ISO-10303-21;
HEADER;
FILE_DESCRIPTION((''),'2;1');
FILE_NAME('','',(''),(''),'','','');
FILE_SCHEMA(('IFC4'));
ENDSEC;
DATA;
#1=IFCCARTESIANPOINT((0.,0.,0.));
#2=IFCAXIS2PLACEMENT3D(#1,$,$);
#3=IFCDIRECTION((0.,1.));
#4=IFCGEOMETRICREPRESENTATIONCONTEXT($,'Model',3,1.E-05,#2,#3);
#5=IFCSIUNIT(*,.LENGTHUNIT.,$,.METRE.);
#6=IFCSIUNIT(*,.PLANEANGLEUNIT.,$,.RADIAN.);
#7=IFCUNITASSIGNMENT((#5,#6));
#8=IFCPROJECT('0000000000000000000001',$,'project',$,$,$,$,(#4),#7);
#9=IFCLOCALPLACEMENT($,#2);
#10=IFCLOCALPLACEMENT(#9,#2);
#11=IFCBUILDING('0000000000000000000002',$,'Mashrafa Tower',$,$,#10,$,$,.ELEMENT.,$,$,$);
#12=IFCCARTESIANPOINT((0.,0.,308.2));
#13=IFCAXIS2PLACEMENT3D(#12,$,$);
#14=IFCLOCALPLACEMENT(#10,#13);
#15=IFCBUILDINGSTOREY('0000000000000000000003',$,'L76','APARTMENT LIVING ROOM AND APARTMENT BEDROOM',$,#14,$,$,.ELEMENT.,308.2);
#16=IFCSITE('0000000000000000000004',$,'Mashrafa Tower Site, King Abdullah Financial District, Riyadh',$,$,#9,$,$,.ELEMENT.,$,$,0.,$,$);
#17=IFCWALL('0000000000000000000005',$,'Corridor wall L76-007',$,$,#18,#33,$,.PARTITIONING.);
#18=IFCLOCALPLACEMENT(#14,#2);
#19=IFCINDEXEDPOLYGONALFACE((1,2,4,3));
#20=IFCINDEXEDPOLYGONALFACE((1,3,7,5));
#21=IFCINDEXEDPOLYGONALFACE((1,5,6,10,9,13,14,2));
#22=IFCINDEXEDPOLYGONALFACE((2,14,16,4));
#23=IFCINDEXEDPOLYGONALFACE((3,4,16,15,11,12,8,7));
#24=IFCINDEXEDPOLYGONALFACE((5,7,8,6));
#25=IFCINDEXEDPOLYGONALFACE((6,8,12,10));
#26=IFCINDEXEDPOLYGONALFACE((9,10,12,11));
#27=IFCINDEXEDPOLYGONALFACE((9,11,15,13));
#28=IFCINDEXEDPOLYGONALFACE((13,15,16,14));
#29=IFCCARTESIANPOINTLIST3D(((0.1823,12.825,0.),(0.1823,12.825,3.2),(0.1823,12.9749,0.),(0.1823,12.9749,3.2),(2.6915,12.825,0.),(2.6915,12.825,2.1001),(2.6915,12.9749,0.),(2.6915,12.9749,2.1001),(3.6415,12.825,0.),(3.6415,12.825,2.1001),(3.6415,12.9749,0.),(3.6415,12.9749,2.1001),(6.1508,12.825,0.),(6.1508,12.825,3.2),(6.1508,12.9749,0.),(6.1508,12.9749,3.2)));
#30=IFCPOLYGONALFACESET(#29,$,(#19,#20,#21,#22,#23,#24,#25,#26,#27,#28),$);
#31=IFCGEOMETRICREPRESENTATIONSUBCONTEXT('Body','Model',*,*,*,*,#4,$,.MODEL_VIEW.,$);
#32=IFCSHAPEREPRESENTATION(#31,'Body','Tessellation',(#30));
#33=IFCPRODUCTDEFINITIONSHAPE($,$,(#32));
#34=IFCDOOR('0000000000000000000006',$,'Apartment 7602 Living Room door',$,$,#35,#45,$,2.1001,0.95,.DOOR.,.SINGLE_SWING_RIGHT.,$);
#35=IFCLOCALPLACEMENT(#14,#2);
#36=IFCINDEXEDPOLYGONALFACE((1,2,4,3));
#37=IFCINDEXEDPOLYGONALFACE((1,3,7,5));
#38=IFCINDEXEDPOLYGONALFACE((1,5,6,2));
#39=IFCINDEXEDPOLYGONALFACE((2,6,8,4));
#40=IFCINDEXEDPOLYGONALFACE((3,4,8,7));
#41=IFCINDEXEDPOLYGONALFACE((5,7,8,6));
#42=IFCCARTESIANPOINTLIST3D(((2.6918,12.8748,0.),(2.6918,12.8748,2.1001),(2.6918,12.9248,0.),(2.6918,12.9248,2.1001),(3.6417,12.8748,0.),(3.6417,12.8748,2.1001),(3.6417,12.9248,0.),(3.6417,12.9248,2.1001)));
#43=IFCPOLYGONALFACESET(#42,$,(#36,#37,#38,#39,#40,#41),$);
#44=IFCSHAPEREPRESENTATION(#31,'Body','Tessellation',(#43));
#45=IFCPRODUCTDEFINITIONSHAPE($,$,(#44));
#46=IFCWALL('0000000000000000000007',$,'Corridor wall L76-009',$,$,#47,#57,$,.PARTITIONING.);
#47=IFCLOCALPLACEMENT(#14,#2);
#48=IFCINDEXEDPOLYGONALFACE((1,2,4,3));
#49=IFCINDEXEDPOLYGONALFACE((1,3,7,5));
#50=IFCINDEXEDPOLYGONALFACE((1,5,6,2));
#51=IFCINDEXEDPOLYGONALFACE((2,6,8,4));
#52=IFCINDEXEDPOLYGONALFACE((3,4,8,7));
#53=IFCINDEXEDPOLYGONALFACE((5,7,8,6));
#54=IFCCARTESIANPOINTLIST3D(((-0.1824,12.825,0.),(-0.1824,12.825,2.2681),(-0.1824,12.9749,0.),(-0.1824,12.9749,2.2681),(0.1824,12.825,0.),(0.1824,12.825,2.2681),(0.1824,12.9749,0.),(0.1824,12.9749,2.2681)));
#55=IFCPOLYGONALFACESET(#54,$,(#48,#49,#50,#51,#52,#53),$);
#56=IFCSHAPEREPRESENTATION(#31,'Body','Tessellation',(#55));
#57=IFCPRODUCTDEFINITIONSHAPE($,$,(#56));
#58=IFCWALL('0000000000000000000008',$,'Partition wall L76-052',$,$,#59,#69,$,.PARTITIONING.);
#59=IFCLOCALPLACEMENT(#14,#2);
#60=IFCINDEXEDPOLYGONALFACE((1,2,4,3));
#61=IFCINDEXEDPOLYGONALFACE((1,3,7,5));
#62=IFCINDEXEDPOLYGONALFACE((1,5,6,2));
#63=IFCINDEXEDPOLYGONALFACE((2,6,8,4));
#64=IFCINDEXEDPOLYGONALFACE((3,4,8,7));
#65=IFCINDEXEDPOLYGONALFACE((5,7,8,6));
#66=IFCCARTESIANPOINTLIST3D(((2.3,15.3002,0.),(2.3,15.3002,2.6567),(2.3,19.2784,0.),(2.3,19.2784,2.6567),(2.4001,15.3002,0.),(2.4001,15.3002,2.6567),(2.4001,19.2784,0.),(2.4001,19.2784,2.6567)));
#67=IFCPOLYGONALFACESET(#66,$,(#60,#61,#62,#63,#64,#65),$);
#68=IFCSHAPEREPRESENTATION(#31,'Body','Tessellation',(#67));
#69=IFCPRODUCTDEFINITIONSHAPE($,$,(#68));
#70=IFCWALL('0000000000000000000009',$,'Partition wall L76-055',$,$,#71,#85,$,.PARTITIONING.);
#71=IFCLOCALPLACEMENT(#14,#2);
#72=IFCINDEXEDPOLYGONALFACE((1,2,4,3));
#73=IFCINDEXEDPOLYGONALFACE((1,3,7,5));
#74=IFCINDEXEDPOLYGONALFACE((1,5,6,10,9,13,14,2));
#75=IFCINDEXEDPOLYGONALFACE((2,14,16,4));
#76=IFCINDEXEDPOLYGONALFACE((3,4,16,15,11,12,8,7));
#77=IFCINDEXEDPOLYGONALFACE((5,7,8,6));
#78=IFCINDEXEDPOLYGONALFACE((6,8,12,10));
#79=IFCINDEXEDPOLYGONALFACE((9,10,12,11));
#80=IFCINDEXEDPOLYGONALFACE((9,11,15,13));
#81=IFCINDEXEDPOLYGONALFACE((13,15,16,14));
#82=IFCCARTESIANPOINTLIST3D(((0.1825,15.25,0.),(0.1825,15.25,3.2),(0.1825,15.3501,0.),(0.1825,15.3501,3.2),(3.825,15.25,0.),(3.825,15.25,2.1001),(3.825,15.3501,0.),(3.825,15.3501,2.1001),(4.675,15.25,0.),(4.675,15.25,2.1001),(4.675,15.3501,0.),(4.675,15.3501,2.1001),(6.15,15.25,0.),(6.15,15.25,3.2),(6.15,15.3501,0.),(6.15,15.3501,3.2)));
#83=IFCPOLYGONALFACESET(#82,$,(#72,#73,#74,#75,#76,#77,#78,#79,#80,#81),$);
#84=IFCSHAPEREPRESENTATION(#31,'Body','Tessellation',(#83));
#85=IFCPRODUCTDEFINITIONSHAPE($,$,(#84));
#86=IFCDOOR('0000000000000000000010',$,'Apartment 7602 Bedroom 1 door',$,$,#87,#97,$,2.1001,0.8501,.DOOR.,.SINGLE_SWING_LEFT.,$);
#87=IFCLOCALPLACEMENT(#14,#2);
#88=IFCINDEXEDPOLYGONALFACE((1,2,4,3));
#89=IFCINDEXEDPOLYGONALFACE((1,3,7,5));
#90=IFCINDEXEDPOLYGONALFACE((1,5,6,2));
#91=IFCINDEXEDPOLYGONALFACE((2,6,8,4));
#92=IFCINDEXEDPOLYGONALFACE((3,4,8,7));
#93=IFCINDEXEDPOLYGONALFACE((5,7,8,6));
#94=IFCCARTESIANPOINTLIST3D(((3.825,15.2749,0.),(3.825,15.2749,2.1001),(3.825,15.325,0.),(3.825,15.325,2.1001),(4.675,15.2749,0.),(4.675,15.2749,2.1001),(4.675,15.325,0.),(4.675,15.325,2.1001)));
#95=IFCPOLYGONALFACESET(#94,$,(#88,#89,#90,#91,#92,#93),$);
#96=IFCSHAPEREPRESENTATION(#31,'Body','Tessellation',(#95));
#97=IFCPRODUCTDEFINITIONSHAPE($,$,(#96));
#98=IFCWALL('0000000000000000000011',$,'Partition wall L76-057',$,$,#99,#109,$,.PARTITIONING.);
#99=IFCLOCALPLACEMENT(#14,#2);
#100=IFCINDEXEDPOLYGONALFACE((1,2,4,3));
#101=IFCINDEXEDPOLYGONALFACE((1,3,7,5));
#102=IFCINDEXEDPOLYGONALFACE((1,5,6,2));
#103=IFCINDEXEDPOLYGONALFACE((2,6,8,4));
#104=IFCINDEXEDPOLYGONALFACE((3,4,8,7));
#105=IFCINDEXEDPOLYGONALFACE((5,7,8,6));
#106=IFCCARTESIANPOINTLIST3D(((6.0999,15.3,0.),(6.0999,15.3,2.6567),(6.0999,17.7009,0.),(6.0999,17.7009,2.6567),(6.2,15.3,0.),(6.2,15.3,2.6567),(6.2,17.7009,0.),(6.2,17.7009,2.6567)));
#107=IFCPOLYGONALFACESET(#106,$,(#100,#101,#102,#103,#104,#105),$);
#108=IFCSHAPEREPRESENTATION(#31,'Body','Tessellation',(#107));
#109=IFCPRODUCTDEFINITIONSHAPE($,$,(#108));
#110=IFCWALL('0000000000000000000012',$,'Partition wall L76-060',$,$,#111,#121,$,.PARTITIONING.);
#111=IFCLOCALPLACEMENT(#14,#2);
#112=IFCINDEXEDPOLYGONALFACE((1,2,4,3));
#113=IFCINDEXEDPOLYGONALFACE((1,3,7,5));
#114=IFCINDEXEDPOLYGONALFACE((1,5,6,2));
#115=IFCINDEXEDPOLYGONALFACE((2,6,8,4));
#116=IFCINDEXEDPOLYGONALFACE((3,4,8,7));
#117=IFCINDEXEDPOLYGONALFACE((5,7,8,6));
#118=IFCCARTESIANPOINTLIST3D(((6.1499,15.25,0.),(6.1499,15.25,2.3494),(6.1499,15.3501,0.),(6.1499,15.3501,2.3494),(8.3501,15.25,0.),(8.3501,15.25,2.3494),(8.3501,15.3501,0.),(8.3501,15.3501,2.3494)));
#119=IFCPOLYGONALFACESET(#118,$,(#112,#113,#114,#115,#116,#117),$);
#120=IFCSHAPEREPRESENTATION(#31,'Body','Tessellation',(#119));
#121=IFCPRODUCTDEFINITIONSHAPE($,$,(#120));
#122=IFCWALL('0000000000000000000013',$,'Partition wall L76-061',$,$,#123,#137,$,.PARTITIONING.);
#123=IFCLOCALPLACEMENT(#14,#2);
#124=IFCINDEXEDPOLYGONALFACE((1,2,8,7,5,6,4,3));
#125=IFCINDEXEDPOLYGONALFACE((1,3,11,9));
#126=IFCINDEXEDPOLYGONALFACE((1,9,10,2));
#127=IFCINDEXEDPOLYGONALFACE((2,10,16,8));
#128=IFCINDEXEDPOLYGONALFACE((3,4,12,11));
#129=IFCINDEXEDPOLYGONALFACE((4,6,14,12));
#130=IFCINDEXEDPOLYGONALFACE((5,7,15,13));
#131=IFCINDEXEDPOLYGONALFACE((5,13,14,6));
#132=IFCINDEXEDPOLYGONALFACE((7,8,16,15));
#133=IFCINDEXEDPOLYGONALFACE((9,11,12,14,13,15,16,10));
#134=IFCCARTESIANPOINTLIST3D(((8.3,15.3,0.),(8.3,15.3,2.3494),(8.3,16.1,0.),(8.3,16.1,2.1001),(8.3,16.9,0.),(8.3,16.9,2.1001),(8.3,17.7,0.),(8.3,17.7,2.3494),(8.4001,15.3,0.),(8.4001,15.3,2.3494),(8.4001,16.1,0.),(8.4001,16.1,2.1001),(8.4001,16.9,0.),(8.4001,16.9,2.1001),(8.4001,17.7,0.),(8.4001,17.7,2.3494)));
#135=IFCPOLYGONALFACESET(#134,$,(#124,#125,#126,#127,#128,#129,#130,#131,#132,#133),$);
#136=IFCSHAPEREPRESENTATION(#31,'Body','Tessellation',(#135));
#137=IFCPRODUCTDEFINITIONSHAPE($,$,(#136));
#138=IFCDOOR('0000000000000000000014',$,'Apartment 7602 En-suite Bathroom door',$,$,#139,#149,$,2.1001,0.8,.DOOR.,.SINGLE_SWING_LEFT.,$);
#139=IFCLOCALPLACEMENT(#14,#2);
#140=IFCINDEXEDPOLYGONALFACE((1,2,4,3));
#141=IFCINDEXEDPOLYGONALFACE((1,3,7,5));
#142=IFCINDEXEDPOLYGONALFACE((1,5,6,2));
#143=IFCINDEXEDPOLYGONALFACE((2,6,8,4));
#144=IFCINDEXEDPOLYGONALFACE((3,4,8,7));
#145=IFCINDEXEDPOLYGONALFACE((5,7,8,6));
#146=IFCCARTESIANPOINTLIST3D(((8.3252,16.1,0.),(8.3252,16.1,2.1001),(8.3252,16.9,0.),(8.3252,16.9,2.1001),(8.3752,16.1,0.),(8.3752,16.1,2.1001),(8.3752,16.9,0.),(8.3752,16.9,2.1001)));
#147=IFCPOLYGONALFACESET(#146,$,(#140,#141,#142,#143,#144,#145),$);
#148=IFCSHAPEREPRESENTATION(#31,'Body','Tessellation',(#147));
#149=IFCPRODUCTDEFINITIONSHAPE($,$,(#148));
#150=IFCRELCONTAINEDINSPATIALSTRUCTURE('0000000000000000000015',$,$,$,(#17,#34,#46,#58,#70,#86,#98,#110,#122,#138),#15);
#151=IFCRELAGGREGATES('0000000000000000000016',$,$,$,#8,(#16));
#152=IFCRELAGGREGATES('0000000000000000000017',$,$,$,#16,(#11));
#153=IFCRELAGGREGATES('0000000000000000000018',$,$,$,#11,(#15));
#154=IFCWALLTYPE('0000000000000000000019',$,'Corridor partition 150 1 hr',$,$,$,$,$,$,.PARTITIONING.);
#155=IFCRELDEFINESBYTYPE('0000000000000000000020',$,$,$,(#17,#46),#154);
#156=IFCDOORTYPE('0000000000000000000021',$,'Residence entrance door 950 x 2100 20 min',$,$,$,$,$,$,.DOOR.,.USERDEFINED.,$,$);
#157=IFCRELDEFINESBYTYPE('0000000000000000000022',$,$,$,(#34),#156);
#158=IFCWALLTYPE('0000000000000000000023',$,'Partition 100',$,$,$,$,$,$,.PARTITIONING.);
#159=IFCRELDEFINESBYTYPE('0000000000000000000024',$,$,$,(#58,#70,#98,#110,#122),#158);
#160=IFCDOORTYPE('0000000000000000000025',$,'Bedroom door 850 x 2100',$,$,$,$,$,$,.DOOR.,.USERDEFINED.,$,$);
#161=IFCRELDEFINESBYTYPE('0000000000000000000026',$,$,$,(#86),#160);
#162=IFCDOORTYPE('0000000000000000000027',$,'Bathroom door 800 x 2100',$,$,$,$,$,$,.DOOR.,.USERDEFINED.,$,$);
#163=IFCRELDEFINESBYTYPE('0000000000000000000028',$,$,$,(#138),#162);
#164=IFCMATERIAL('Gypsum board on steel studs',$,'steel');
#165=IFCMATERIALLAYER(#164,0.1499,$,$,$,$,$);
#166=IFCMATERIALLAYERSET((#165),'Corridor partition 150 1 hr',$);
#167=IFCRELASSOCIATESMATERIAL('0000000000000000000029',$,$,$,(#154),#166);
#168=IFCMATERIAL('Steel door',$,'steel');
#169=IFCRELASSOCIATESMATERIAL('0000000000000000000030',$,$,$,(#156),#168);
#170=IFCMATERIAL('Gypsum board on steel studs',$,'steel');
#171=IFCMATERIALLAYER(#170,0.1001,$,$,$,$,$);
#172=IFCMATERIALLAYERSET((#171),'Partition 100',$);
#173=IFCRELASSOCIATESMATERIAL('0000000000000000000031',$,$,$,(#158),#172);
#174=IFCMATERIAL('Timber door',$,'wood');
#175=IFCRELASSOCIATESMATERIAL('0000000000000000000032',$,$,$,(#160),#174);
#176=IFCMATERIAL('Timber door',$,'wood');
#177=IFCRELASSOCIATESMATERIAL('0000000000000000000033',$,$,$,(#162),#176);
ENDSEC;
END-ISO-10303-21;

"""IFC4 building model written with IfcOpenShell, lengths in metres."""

from ifc_helpers import new_model, si_unit, direction, frame, frame_2d, origin, place, context, subcontext, project, spatial, rectangle, extrude, material, layer, layer_set, type_object, element, fill, save


model = new_model("IFC4")

# Units and contexts
model_context = context("Model", 3, precision=1e-05, world=origin(), true_north=direction((0.0, 1.0)))
body_context = subcontext(model_context, "Body", "Model", "MODEL_VIEW")
ifc_project = project(units=[si_unit("LENGTHUNIT", "METRE"), si_unit("PLANEANGLEUNIT", "RADIAN")], contexts=[model_context])

# Site, building, storey
site_placement = place(None, origin())
site = spatial("IfcSite", under=ifc_project, at=site_placement, Name="Mashrafa Tower Site, King Abdullah Financial District, Riyadh", CompositionType="ELEMENT", RefElevation=0.0)
building_placement = place(site_placement, origin())
building = spatial("IfcBuilding", under=site, at=building_placement, Name="Mashrafa Tower", CompositionType="ELEMENT")
storey_placement = place(building_placement, frame((0.0, 0.0, 308.2)))
storey = spatial("IfcBuildingStorey", under=building, at=storey_placement, Name="L76", Description="APARTMENT LIVING ROOM AND APARTMENT BEDROOM", CompositionType="ELEMENT", Elevation=308.2)

# Wall, opening, door
ifc_material_1 = material(Name="Gypsum board on steel studs", Category="steel")
ifc_layer_1 = layer(ifc_material_1, 0.1499)
ifc_layer_set_1 = layer_set([ifc_layer_1], Name="Corridor partition 150 1 hr")
wall_type_1 = type_object("IfcWallType", Name="Corridor partition 150 1 hr", PredefinedType="PARTITIONING", material=ifc_layer_set_1)
wall_1_placement = place(storey_placement, frame((6.1509, 12.8999, 0.0), z_axis=(0.0, 0.0, 1.0), x_axis=(-1.0, 0.0, 0.0)))
wall_1 = element("IfcWall", 1, at=wall_1_placement, inside=storey, type_object=wall_type_1, Name="Corridor wall L76-007", PredefinedType="PARTITIONING", context=body_context, shape_type="SweptSolid", body=[
    extrude(rectangle(XDim=5.9685, YDim=0.1499, at=frame_2d((2.9844, 0.0))), origin(), (0.0, 0.0, 1.0), 3.2),
])
opening_1_placement = place(wall_1_placement, frame((2.5093, 0.0, 0.0)))
opening_1 = element("IfcOpeningElement", 2, at=opening_1_placement, cuts=wall_1, PredefinedType="OPENING", context=body_context, shape_type="SweptSolid", body=[
    extrude(rectangle(XDim=0.95, YDim=2.1001, at=frame_2d((0.4751, 1.05))), frame((0.0, 0.085, 0.0), z_axis=(0.0, -1.0, 0.0), x_axis=(1.0, 0.0, 0.0)), (0.0, 0.0, 1.0), 0.1699),
])
ifc_material_2 = material(Name="Steel door", Category="steel")
door_type_1 = type_object("IfcDoorType", Name="Residence entrance door 950 x 2100 20 min", OperationType="USERDEFINED", PredefinedType="DOOR", material=ifc_material_2)
door_1_placement = place(opening_1_placement, frame((0.95, 0.0, 0.0), z_axis=(0.0, 0.0, 1.0), x_axis=(-1.0, 0.0, 0.0)))
door_1 = element("IfcDoor", 3, at=door_1_placement, inside=storey, type_object=door_type_1, Name="Apartment 7602 Living Room door", OperationType="SINGLE_SWING_RIGHT", OverallHeight=2.1001, OverallWidth=0.95, PredefinedType="DOOR", context=body_context, shape_type="SweptSolid", body=[
    extrude(rectangle(XDim=0.95, YDim=2.1001, at=frame_2d((0.4751, 1.05))), frame((0.0, 0.0249, 0.0), z_axis=(0.0, -1.0, 0.0), x_axis=(1.0, 0.0, 0.0)), (0.0, 0.0, 1.0), 0.05),
])
fill(opening_1, door_1)

# Walls
wall_2_placement = place(storey_placement, frame((0.1824, 12.8999, 0.0), z_axis=(0.0, 0.0, 1.0), x_axis=(-1.0, 0.0, 0.0)))
element("IfcWall", 4, at=wall_2_placement, inside=storey, type_object=wall_type_1, Name="Corridor wall L76-009", PredefinedType="PARTITIONING", context=body_context, shape_type="SweptSolid", body=[
    extrude(rectangle(XDim=0.3647, YDim=0.1499, at=frame_2d((0.1824, 0.0))), origin(), (0.0, 0.0, 1.0), 2.2681),
])
ifc_material_3 = material(Name="Gypsum board on steel studs", Category="steel")
ifc_layer_2 = layer(ifc_material_3, 0.1001)
ifc_layer_set_2 = layer_set([ifc_layer_2], Name="Partition 100")
wall_type_2 = type_object("IfcWallType", Name="Partition 100", PredefinedType="PARTITIONING", material=ifc_layer_set_2)
wall_3_placement = place(storey_placement, frame((2.3501, 15.3, 0.0), z_axis=(0.0, 0.0, 1.0), x_axis=(0.0, 1.0, 0.0)))
element("IfcWall", 5, at=wall_3_placement, inside=storey, type_object=wall_type_2, Name="Partition wall L76-052", PredefinedType="PARTITIONING", context=body_context, shape_type="SweptSolid", body=[
    extrude(rectangle(XDim=3.9783, YDim=0.1001, at=frame_2d((1.9893, 0.0))), origin(), (0.0, 0.0, 1.0), 2.6567),
])

# Wall, opening, door
wall_4_placement = place(storey_placement, frame((0.1824, 15.3, 0.0), z_axis=(0.0, 0.0, 1.0), x_axis=(1.0, 0.0, 0.0)))
wall_4 = element("IfcWall", 6, at=wall_4_placement, inside=storey, type_object=wall_type_2, Name="Partition wall L76-055", PredefinedType="PARTITIONING", context=body_context, shape_type="SweptSolid", body=[
    extrude(rectangle(XDim=5.9675, YDim=0.1001, at=frame_2d((2.9839, 0.0))), origin(), (0.0, 0.0, 1.0), 3.2),
])
opening_2_placement = place(wall_4_placement, frame((3.6426, 0.0, 0.0)))
opening_2 = element("IfcOpeningElement", 7, at=opening_2_placement, cuts=wall_4, PredefinedType="OPENING", context=body_context, shape_type="SweptSolid", body=[
    extrude(rectangle(XDim=0.8501, YDim=2.1001, at=frame_2d((0.425, 1.05))), frame((0.0, 0.0601, 0.0), z_axis=(0.0, -1.0, 0.0), x_axis=(1.0, 0.0, 0.0)), (0.0, 0.0, 1.0), 0.1201),
])
ifc_material_4 = material(Name="Timber door", Category="wood")
door_type_2 = type_object("IfcDoorType", Name="Bedroom door 850 x 2100", OperationType="USERDEFINED", PredefinedType="DOOR", material=ifc_material_4)
door_2_placement = place(opening_2_placement, origin())
door_2 = element("IfcDoor", 8, at=door_2_placement, inside=storey, type_object=door_type_2, Name="Apartment 7602 Bedroom 1 door", OperationType="SINGLE_SWING_LEFT", OverallHeight=2.1001, OverallWidth=0.8501, PredefinedType="DOOR", context=body_context, shape_type="SweptSolid", body=[
    extrude(rectangle(XDim=0.8501, YDim=2.1001, at=frame_2d((0.425, 1.05))), frame((0.0, 0.0249, 0.0), z_axis=(0.0, -1.0, 0.0), x_axis=(1.0, 0.0, 0.0)), (0.0, 0.0, 1.0), 0.05),
])
fill(opening_2, door_2)

# Walls
wall_5_placement = place(storey_placement, frame((6.1499, 15.3, 0.0), z_axis=(0.0, 0.0, 1.0), x_axis=(0.0, 1.0, 0.0)))
element("IfcWall", 9, at=wall_5_placement, inside=storey, type_object=wall_type_2, Name="Partition wall L76-057", PredefinedType="PARTITIONING", context=body_context, shape_type="SweptSolid", body=[
    extrude(rectangle(XDim=2.4009, YDim=0.1001, at=frame_2d((1.2004, 0.0))), origin(), (0.0, 0.0, 1.0), 2.6567),
])
wall_6_placement = place(storey_placement, frame((6.1499, 15.3, 0.0), z_axis=(0.0, 0.0, 1.0), x_axis=(1.0, 0.0, 0.0)))
element("IfcWall", 10, at=wall_6_placement, inside=storey, type_object=wall_type_2, Name="Partition wall L76-060", PredefinedType="PARTITIONING", context=body_context, shape_type="SweptSolid", body=[
    extrude(rectangle(XDim=2.2002, YDim=0.1001, at=frame_2d((1.1001, 0.0))), origin(), (0.0, 0.0, 1.0), 2.3494),
])

# Wall, opening, door
wall_7_placement = place(storey_placement, frame((8.3501, 15.3, 0.0), z_axis=(0.0, 0.0, 1.0), x_axis=(0.0, 1.0, 0.0)))
wall_7 = element("IfcWall", 11, at=wall_7_placement, inside=storey, type_object=wall_type_2, Name="Partition wall L76-061", PredefinedType="PARTITIONING", context=body_context, shape_type="SweptSolid", body=[
    extrude(rectangle(XDim=2.3999, YDim=0.1001, at=frame_2d((1.2, 0.0))), origin(), (0.0, 0.0, 1.0), 2.3494),
])
opening_3_placement = place(wall_7_placement, frame((0.8, 0.0, 0.0)))
opening_3 = element("IfcOpeningElement", 12, at=opening_3_placement, cuts=wall_7, PredefinedType="OPENING", context=body_context, shape_type="SweptSolid", body=[
    extrude(rectangle(XDim=0.8, YDim=2.1001, at=frame_2d((0.3999, 1.05))), frame((0.0, 0.0601, 0.0), z_axis=(0.0, -1.0, 0.0), x_axis=(1.0, 0.0, 0.0)), (0.0, 0.0, 1.0), 0.1201),
])
ifc_material_5 = material(Name="Timber door", Category="wood")
door_type_3 = type_object("IfcDoorType", Name="Bathroom door 800 x 2100", OperationType="USERDEFINED", PredefinedType="DOOR", material=ifc_material_5)
door_3_placement = place(opening_3_placement, origin())
door_3 = element("IfcDoor", 13, at=door_3_placement, inside=storey, type_object=door_type_3, Name="Apartment 7602 En-suite Bathroom door", OperationType="SINGLE_SWING_LEFT", OverallHeight=2.1001, OverallWidth=0.8, PredefinedType="DOOR", context=body_context, shape_type="SweptSolid", body=[
    extrude(rectangle(XDim=0.8, YDim=2.1001, at=frame_2d((0.3999, 1.05))), frame((0.0, 0.0249, 0.0), z_axis=(0.0, -1.0, 0.0), x_axis=(1.0, 0.0, 0.0)), (0.0, 0.0, 1.0), 0.05),
])
fill(opening_3, door_3)

save(model, "model.ifc")
